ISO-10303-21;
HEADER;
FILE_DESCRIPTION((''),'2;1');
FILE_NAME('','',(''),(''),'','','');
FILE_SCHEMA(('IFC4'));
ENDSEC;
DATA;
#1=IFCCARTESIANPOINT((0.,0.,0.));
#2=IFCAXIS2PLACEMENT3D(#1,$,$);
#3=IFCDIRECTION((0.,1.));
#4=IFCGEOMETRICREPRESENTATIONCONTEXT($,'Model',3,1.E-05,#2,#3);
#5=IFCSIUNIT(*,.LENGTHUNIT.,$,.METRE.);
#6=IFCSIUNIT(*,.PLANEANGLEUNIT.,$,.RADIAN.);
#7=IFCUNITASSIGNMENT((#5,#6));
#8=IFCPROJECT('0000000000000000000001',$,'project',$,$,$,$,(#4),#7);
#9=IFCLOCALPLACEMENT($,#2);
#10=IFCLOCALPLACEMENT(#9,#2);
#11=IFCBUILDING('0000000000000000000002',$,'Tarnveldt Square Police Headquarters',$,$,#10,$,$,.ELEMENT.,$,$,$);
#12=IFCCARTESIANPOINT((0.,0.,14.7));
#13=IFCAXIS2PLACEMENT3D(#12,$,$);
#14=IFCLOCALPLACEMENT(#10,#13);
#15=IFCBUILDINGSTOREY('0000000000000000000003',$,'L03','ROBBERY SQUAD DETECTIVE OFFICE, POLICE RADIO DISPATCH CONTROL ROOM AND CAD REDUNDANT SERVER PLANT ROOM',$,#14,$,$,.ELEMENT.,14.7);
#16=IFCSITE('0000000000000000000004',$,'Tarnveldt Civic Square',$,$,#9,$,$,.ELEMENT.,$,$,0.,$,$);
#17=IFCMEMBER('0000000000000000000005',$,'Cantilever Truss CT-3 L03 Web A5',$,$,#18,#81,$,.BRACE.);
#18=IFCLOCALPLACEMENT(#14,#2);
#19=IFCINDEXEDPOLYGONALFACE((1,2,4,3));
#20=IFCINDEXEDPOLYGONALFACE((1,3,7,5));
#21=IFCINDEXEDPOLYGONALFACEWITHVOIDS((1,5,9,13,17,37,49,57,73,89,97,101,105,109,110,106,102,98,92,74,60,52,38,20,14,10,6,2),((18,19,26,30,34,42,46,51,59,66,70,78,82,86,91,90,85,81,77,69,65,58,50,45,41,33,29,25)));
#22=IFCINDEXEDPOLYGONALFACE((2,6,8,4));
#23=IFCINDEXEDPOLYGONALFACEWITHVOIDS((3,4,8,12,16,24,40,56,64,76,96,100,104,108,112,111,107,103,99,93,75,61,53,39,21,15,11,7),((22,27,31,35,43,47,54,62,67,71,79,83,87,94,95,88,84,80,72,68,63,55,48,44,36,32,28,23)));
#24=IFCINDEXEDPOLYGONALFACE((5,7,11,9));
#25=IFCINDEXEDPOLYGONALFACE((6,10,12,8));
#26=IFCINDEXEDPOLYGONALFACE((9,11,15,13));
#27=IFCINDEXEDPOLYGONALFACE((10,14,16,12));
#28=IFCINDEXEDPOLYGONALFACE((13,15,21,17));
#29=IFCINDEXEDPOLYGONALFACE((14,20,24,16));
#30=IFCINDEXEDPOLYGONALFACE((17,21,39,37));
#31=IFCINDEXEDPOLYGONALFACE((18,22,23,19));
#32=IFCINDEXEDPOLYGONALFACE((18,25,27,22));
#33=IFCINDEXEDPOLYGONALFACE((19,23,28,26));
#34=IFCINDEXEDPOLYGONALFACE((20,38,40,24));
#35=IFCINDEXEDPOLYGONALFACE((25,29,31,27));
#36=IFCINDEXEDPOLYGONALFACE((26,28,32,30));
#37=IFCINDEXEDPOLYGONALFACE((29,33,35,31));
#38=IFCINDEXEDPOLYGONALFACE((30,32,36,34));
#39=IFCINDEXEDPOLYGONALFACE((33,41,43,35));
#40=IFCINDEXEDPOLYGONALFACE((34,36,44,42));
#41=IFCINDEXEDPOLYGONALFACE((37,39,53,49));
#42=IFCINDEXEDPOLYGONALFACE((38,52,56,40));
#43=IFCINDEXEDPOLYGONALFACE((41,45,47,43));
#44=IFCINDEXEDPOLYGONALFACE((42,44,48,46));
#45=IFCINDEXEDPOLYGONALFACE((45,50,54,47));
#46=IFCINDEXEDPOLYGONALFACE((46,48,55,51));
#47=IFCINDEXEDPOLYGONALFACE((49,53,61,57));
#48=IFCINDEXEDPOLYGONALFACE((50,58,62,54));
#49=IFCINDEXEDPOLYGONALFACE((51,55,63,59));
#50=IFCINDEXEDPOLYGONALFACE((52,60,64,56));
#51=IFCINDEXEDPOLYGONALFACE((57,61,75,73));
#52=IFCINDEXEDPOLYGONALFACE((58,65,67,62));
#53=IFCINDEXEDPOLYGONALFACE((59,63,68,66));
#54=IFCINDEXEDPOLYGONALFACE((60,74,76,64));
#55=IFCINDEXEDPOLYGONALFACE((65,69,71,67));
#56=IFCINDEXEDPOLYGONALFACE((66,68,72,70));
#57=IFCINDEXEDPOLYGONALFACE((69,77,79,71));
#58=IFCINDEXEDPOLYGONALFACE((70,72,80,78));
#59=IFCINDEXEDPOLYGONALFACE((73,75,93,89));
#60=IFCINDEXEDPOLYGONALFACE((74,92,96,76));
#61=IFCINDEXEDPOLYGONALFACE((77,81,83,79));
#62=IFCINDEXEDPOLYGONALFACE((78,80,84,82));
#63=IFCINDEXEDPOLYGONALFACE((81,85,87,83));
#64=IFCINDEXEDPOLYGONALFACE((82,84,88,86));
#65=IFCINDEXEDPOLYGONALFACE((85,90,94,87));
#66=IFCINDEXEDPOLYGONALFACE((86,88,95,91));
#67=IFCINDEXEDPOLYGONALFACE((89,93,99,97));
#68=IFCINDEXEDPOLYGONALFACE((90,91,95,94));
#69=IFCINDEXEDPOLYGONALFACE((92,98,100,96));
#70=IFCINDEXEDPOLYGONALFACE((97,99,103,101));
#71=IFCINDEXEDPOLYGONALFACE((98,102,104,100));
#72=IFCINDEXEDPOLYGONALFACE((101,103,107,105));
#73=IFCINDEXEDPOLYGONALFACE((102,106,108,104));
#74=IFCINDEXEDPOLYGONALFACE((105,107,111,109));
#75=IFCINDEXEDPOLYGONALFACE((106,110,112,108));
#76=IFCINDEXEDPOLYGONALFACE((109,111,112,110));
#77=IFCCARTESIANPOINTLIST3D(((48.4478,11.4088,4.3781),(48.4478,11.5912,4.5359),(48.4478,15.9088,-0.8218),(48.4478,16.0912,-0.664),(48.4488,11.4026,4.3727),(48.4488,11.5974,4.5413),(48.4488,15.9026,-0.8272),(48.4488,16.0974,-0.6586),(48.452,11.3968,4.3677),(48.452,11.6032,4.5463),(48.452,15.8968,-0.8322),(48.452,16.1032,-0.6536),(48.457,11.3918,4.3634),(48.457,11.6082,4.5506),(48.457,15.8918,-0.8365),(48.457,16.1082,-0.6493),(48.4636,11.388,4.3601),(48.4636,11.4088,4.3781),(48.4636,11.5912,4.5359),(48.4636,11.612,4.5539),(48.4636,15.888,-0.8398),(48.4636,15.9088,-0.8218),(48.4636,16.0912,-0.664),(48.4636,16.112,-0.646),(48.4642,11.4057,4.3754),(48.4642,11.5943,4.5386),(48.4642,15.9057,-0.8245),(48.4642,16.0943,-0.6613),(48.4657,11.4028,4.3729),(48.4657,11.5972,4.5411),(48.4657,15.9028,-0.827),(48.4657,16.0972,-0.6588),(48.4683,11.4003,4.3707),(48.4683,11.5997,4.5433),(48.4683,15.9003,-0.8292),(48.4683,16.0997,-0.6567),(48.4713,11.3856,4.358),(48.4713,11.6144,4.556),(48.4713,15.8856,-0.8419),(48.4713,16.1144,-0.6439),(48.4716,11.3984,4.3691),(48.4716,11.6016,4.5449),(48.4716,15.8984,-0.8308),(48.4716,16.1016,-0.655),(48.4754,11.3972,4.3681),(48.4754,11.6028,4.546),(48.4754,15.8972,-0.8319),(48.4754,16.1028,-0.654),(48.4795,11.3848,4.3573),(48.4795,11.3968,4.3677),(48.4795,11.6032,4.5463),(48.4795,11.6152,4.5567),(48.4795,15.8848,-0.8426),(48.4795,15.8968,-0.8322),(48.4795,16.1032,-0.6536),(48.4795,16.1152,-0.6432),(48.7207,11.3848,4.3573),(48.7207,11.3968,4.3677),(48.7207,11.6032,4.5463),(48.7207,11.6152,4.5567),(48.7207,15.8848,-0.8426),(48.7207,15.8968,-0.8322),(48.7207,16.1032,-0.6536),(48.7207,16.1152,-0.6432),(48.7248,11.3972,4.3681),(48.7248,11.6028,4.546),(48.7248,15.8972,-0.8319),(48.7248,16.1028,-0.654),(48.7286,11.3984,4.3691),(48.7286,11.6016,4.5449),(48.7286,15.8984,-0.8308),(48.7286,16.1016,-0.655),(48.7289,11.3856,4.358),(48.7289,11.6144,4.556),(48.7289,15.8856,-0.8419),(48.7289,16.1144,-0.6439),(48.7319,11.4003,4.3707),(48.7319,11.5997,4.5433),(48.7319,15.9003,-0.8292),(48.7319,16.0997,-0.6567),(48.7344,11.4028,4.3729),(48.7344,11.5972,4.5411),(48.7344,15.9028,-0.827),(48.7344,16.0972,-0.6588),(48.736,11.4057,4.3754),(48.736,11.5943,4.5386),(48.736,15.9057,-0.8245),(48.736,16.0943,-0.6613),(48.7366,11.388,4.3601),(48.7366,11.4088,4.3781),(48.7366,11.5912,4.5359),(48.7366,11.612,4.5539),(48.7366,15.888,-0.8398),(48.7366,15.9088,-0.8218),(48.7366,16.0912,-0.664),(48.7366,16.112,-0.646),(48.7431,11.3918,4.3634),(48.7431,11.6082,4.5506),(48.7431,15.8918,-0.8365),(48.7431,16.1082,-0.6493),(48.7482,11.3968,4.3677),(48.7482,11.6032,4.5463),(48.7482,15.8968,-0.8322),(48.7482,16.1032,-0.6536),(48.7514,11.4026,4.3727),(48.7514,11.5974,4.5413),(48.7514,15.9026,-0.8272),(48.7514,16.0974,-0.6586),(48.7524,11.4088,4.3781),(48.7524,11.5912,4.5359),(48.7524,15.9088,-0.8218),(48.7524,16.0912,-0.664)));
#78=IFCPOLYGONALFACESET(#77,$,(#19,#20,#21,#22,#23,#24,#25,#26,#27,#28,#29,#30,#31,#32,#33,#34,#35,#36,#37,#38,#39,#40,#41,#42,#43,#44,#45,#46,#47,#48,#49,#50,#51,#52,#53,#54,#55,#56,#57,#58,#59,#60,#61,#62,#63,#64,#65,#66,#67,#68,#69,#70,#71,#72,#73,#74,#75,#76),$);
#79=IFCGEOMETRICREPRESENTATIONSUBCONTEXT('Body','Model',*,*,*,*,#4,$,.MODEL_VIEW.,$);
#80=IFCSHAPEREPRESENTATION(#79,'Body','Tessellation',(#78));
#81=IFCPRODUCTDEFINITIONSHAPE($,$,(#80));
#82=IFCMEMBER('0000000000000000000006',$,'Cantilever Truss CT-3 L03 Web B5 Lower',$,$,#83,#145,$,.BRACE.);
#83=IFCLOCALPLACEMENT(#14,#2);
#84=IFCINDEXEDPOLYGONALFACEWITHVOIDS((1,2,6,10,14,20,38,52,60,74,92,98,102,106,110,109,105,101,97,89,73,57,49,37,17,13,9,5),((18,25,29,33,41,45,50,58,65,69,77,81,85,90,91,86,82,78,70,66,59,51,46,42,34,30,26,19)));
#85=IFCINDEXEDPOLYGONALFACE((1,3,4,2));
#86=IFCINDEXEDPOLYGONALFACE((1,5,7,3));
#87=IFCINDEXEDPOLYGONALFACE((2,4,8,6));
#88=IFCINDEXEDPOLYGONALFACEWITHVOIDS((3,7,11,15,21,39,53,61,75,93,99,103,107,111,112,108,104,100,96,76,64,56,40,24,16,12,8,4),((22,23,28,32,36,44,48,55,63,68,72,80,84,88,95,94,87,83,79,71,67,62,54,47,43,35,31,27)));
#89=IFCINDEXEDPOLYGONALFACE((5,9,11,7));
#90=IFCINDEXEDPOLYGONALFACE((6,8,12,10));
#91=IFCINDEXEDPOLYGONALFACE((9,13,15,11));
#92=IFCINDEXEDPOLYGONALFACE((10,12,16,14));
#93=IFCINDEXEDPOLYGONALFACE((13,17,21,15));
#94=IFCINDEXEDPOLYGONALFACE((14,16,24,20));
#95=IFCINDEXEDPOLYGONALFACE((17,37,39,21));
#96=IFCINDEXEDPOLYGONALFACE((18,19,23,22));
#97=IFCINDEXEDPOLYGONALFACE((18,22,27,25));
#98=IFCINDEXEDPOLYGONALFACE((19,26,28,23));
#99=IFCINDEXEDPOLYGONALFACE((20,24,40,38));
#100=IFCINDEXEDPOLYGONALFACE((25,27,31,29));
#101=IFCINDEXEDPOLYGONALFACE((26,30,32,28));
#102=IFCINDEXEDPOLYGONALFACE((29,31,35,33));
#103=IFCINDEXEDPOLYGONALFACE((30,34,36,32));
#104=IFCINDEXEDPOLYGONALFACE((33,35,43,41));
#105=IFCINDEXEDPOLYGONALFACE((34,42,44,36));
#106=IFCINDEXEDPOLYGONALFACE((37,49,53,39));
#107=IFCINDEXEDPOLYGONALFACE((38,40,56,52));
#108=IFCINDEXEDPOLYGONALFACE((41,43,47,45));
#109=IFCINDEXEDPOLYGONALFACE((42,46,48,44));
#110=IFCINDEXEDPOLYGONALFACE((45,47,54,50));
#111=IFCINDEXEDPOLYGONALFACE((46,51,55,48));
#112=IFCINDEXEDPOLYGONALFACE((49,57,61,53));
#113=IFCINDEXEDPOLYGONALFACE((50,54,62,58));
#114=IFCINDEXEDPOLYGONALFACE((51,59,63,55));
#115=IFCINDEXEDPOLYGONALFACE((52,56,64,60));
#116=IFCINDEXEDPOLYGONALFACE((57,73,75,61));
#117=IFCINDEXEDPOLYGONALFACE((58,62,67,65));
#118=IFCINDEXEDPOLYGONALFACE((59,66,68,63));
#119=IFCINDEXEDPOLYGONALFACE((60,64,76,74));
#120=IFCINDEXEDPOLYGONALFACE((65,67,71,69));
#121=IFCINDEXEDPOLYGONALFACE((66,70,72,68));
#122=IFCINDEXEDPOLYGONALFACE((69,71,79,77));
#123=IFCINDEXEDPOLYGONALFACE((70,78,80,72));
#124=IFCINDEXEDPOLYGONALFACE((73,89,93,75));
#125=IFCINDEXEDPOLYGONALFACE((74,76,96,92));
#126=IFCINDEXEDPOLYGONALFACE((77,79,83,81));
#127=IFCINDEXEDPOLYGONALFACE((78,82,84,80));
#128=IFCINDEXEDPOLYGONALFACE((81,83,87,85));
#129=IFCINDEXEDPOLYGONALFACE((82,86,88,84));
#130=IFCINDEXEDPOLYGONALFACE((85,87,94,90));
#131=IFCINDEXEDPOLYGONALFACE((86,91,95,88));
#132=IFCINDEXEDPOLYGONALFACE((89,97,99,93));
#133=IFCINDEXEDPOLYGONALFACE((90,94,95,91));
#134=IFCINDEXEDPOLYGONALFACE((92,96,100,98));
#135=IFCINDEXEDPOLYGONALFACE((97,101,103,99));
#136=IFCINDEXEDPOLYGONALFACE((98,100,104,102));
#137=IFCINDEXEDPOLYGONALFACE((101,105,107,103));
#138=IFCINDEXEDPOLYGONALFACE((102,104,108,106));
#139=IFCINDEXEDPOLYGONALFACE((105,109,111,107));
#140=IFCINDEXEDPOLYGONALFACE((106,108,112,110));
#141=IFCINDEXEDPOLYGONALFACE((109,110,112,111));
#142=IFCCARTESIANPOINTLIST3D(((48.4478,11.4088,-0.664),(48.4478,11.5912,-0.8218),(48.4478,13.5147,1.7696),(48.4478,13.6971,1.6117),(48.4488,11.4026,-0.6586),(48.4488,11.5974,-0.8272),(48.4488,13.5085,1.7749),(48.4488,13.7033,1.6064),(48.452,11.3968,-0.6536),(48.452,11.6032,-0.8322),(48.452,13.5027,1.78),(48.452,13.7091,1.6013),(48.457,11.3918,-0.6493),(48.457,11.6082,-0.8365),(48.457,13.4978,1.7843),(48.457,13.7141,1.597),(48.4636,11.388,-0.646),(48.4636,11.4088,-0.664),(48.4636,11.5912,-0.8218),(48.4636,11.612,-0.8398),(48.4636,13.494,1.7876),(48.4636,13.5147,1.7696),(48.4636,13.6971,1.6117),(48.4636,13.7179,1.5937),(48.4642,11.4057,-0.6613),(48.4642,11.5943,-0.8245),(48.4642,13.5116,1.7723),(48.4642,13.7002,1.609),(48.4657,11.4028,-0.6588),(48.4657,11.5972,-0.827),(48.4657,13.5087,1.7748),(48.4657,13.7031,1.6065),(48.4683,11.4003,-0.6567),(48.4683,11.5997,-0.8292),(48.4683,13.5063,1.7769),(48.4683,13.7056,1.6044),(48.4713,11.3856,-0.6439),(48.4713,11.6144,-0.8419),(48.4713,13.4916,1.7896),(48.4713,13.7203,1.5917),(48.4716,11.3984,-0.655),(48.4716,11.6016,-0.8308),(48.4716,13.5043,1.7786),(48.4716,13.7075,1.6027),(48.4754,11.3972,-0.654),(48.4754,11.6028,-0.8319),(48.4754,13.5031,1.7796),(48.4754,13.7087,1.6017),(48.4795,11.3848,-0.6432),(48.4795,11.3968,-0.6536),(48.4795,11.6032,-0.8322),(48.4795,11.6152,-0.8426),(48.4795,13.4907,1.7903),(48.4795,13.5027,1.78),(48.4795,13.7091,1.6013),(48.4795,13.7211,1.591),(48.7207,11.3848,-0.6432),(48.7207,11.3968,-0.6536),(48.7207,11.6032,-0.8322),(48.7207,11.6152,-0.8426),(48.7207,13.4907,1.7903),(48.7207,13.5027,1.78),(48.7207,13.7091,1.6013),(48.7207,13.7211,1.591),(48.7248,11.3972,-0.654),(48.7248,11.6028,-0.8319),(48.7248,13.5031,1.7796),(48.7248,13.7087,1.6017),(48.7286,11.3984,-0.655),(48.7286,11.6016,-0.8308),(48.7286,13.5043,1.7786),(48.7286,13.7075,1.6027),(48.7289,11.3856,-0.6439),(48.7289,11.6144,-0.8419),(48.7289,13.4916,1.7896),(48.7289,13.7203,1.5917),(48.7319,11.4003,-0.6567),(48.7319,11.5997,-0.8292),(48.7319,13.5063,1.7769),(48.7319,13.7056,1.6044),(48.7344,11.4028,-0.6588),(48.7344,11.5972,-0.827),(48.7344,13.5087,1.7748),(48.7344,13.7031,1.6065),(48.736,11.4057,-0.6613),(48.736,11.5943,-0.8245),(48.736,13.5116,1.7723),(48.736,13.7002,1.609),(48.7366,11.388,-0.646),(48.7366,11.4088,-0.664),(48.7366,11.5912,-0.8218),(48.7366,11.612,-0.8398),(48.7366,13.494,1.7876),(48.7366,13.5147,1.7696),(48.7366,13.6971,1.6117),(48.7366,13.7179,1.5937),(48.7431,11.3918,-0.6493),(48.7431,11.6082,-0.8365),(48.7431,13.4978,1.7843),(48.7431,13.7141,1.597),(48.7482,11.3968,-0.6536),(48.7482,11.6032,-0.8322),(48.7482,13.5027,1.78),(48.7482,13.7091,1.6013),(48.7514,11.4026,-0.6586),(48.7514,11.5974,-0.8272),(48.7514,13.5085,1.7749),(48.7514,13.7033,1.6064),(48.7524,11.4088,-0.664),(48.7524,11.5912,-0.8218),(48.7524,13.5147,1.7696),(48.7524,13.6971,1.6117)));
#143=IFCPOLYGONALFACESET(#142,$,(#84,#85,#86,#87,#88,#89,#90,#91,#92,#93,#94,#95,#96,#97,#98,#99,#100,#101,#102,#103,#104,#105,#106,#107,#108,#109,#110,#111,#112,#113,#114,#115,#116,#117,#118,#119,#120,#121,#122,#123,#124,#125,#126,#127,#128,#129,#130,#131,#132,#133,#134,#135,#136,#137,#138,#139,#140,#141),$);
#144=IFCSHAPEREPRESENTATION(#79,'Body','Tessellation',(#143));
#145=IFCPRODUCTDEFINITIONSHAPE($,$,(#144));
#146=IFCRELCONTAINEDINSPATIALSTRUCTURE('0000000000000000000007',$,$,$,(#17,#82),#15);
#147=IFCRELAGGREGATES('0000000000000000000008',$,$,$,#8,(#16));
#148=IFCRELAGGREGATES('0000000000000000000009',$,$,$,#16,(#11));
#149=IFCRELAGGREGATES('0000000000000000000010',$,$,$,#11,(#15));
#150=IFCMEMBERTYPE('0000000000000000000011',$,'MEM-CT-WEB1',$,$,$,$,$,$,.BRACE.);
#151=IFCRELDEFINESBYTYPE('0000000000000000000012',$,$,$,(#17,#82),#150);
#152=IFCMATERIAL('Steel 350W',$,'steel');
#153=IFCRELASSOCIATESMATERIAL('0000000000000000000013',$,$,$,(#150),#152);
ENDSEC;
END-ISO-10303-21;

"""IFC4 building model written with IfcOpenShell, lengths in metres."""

from ifc_helpers import new_model, si_unit, direction, frame, origin, origin_2d, place, context, subcontext, project, spatial, hollow_rectangle, extrude, material, material_profile, profile_set, type_object, element, save


model = new_model("IFC4")

# Units and contexts
model_context = context("Model", 3, precision=1e-05, world=origin(), true_north=direction((0.0, 1.0)))
body_context = subcontext(model_context, "Body", "Model", "MODEL_VIEW")
ifc_project = project(units=[si_unit("LENGTHUNIT", "METRE"), si_unit("PLANEANGLEUNIT", "RADIAN")], contexts=[model_context])

# Site, building, storey
site_placement = place(None, origin())
site = spatial("IfcSite", under=ifc_project, at=site_placement, Name="Tarnveldt Civic Square", CompositionType="ELEMENT", RefElevation=0.0)
building_placement = place(site_placement, origin())
building = spatial("IfcBuilding", under=site, at=building_placement, Name="Tarnveldt Square Police Headquarters", CompositionType="ELEMENT")
storey_placement = place(building_placement, frame((0.0, 0.0, 14.7)))
storey = spatial("IfcBuildingStorey", under=building, at=storey_placement, Name="L03", Description="ROBBERY SQUAD DETECTIVE OFFICE, POLICE RADIO DISPATCH CONTROL ROOM AND CAD REDUNDANT SERVER PLANT ROOM", CompositionType="ELEMENT", Elevation=14.7)

# Shared definitions
ifc_material_1 = material(Name="Steel 350W", Category="steel")

# Members
ifc_material_profile_1 = material_profile(ifc_material_1, hollow_rectangle(XDim=0.3047, YDim=0.3047, WallThickness=0.0159, InnerFilletRadius=0.0159, OuterFilletRadius=0.0317, at=origin_2d()), Name="HSS305x305x16")
ifc_profile_set_1 = profile_set([ifc_material_profile_1], Name="Steel 350W")
member_type_1 = type_object("IfcMemberType", Name="MEM-CT-WEB1", PredefinedType="BRACE", material=ifc_profile_set_1)
member_1_placement = place(storey_placement, frame((48.6001, 16.0, -0.7429), z_axis=(0.0, -0.65438, 0.756166), x_axis=(1.0, 0.0, 0.0)))
element("IfcMember", 1, at=member_1_placement, inside=storey, type_object=member_type_1, Name="Cantilever Truss CT-3 L03 Web A5", PredefinedType="BRACE", context=body_context, shape_type="SweptSolid", body=[
    extrude(hollow_rectangle(XDim=0.3047, YDim=0.3047, WallThickness=0.0159, InnerFilletRadius=0.0159, OuterFilletRadius=0.0317, at=origin_2d()), origin(), (0.0, 0.0, 1.0), 6.8767),
])
for number, where, z_axis, x_axis, name in (
    (2, (48.6001, 11.5, -0.7429), (0.0, 0.65437, 0.756174), (-1.0, 0.0, 0.0), "Cantilever Truss CT-3 L03 Web B5 Lower"),
):
    element("IfcMember", number, at=place(storey_placement, frame(where, z_axis=z_axis, x_axis=x_axis)), inside=storey, type_object=member_type_1, Name=name, PredefinedType="BRACE", context=body_context, shape_type="SweptSolid", body=[
        extrude(hollow_rectangle(XDim=0.3047, YDim=0.3047, WallThickness=0.0159, InnerFilletRadius=0.0159, OuterFilletRadius=0.0317, at=origin_2d()), origin(), (0.0, 0.0, 1.0), 3.2183),
    ])

save(model, "model.ifc")
